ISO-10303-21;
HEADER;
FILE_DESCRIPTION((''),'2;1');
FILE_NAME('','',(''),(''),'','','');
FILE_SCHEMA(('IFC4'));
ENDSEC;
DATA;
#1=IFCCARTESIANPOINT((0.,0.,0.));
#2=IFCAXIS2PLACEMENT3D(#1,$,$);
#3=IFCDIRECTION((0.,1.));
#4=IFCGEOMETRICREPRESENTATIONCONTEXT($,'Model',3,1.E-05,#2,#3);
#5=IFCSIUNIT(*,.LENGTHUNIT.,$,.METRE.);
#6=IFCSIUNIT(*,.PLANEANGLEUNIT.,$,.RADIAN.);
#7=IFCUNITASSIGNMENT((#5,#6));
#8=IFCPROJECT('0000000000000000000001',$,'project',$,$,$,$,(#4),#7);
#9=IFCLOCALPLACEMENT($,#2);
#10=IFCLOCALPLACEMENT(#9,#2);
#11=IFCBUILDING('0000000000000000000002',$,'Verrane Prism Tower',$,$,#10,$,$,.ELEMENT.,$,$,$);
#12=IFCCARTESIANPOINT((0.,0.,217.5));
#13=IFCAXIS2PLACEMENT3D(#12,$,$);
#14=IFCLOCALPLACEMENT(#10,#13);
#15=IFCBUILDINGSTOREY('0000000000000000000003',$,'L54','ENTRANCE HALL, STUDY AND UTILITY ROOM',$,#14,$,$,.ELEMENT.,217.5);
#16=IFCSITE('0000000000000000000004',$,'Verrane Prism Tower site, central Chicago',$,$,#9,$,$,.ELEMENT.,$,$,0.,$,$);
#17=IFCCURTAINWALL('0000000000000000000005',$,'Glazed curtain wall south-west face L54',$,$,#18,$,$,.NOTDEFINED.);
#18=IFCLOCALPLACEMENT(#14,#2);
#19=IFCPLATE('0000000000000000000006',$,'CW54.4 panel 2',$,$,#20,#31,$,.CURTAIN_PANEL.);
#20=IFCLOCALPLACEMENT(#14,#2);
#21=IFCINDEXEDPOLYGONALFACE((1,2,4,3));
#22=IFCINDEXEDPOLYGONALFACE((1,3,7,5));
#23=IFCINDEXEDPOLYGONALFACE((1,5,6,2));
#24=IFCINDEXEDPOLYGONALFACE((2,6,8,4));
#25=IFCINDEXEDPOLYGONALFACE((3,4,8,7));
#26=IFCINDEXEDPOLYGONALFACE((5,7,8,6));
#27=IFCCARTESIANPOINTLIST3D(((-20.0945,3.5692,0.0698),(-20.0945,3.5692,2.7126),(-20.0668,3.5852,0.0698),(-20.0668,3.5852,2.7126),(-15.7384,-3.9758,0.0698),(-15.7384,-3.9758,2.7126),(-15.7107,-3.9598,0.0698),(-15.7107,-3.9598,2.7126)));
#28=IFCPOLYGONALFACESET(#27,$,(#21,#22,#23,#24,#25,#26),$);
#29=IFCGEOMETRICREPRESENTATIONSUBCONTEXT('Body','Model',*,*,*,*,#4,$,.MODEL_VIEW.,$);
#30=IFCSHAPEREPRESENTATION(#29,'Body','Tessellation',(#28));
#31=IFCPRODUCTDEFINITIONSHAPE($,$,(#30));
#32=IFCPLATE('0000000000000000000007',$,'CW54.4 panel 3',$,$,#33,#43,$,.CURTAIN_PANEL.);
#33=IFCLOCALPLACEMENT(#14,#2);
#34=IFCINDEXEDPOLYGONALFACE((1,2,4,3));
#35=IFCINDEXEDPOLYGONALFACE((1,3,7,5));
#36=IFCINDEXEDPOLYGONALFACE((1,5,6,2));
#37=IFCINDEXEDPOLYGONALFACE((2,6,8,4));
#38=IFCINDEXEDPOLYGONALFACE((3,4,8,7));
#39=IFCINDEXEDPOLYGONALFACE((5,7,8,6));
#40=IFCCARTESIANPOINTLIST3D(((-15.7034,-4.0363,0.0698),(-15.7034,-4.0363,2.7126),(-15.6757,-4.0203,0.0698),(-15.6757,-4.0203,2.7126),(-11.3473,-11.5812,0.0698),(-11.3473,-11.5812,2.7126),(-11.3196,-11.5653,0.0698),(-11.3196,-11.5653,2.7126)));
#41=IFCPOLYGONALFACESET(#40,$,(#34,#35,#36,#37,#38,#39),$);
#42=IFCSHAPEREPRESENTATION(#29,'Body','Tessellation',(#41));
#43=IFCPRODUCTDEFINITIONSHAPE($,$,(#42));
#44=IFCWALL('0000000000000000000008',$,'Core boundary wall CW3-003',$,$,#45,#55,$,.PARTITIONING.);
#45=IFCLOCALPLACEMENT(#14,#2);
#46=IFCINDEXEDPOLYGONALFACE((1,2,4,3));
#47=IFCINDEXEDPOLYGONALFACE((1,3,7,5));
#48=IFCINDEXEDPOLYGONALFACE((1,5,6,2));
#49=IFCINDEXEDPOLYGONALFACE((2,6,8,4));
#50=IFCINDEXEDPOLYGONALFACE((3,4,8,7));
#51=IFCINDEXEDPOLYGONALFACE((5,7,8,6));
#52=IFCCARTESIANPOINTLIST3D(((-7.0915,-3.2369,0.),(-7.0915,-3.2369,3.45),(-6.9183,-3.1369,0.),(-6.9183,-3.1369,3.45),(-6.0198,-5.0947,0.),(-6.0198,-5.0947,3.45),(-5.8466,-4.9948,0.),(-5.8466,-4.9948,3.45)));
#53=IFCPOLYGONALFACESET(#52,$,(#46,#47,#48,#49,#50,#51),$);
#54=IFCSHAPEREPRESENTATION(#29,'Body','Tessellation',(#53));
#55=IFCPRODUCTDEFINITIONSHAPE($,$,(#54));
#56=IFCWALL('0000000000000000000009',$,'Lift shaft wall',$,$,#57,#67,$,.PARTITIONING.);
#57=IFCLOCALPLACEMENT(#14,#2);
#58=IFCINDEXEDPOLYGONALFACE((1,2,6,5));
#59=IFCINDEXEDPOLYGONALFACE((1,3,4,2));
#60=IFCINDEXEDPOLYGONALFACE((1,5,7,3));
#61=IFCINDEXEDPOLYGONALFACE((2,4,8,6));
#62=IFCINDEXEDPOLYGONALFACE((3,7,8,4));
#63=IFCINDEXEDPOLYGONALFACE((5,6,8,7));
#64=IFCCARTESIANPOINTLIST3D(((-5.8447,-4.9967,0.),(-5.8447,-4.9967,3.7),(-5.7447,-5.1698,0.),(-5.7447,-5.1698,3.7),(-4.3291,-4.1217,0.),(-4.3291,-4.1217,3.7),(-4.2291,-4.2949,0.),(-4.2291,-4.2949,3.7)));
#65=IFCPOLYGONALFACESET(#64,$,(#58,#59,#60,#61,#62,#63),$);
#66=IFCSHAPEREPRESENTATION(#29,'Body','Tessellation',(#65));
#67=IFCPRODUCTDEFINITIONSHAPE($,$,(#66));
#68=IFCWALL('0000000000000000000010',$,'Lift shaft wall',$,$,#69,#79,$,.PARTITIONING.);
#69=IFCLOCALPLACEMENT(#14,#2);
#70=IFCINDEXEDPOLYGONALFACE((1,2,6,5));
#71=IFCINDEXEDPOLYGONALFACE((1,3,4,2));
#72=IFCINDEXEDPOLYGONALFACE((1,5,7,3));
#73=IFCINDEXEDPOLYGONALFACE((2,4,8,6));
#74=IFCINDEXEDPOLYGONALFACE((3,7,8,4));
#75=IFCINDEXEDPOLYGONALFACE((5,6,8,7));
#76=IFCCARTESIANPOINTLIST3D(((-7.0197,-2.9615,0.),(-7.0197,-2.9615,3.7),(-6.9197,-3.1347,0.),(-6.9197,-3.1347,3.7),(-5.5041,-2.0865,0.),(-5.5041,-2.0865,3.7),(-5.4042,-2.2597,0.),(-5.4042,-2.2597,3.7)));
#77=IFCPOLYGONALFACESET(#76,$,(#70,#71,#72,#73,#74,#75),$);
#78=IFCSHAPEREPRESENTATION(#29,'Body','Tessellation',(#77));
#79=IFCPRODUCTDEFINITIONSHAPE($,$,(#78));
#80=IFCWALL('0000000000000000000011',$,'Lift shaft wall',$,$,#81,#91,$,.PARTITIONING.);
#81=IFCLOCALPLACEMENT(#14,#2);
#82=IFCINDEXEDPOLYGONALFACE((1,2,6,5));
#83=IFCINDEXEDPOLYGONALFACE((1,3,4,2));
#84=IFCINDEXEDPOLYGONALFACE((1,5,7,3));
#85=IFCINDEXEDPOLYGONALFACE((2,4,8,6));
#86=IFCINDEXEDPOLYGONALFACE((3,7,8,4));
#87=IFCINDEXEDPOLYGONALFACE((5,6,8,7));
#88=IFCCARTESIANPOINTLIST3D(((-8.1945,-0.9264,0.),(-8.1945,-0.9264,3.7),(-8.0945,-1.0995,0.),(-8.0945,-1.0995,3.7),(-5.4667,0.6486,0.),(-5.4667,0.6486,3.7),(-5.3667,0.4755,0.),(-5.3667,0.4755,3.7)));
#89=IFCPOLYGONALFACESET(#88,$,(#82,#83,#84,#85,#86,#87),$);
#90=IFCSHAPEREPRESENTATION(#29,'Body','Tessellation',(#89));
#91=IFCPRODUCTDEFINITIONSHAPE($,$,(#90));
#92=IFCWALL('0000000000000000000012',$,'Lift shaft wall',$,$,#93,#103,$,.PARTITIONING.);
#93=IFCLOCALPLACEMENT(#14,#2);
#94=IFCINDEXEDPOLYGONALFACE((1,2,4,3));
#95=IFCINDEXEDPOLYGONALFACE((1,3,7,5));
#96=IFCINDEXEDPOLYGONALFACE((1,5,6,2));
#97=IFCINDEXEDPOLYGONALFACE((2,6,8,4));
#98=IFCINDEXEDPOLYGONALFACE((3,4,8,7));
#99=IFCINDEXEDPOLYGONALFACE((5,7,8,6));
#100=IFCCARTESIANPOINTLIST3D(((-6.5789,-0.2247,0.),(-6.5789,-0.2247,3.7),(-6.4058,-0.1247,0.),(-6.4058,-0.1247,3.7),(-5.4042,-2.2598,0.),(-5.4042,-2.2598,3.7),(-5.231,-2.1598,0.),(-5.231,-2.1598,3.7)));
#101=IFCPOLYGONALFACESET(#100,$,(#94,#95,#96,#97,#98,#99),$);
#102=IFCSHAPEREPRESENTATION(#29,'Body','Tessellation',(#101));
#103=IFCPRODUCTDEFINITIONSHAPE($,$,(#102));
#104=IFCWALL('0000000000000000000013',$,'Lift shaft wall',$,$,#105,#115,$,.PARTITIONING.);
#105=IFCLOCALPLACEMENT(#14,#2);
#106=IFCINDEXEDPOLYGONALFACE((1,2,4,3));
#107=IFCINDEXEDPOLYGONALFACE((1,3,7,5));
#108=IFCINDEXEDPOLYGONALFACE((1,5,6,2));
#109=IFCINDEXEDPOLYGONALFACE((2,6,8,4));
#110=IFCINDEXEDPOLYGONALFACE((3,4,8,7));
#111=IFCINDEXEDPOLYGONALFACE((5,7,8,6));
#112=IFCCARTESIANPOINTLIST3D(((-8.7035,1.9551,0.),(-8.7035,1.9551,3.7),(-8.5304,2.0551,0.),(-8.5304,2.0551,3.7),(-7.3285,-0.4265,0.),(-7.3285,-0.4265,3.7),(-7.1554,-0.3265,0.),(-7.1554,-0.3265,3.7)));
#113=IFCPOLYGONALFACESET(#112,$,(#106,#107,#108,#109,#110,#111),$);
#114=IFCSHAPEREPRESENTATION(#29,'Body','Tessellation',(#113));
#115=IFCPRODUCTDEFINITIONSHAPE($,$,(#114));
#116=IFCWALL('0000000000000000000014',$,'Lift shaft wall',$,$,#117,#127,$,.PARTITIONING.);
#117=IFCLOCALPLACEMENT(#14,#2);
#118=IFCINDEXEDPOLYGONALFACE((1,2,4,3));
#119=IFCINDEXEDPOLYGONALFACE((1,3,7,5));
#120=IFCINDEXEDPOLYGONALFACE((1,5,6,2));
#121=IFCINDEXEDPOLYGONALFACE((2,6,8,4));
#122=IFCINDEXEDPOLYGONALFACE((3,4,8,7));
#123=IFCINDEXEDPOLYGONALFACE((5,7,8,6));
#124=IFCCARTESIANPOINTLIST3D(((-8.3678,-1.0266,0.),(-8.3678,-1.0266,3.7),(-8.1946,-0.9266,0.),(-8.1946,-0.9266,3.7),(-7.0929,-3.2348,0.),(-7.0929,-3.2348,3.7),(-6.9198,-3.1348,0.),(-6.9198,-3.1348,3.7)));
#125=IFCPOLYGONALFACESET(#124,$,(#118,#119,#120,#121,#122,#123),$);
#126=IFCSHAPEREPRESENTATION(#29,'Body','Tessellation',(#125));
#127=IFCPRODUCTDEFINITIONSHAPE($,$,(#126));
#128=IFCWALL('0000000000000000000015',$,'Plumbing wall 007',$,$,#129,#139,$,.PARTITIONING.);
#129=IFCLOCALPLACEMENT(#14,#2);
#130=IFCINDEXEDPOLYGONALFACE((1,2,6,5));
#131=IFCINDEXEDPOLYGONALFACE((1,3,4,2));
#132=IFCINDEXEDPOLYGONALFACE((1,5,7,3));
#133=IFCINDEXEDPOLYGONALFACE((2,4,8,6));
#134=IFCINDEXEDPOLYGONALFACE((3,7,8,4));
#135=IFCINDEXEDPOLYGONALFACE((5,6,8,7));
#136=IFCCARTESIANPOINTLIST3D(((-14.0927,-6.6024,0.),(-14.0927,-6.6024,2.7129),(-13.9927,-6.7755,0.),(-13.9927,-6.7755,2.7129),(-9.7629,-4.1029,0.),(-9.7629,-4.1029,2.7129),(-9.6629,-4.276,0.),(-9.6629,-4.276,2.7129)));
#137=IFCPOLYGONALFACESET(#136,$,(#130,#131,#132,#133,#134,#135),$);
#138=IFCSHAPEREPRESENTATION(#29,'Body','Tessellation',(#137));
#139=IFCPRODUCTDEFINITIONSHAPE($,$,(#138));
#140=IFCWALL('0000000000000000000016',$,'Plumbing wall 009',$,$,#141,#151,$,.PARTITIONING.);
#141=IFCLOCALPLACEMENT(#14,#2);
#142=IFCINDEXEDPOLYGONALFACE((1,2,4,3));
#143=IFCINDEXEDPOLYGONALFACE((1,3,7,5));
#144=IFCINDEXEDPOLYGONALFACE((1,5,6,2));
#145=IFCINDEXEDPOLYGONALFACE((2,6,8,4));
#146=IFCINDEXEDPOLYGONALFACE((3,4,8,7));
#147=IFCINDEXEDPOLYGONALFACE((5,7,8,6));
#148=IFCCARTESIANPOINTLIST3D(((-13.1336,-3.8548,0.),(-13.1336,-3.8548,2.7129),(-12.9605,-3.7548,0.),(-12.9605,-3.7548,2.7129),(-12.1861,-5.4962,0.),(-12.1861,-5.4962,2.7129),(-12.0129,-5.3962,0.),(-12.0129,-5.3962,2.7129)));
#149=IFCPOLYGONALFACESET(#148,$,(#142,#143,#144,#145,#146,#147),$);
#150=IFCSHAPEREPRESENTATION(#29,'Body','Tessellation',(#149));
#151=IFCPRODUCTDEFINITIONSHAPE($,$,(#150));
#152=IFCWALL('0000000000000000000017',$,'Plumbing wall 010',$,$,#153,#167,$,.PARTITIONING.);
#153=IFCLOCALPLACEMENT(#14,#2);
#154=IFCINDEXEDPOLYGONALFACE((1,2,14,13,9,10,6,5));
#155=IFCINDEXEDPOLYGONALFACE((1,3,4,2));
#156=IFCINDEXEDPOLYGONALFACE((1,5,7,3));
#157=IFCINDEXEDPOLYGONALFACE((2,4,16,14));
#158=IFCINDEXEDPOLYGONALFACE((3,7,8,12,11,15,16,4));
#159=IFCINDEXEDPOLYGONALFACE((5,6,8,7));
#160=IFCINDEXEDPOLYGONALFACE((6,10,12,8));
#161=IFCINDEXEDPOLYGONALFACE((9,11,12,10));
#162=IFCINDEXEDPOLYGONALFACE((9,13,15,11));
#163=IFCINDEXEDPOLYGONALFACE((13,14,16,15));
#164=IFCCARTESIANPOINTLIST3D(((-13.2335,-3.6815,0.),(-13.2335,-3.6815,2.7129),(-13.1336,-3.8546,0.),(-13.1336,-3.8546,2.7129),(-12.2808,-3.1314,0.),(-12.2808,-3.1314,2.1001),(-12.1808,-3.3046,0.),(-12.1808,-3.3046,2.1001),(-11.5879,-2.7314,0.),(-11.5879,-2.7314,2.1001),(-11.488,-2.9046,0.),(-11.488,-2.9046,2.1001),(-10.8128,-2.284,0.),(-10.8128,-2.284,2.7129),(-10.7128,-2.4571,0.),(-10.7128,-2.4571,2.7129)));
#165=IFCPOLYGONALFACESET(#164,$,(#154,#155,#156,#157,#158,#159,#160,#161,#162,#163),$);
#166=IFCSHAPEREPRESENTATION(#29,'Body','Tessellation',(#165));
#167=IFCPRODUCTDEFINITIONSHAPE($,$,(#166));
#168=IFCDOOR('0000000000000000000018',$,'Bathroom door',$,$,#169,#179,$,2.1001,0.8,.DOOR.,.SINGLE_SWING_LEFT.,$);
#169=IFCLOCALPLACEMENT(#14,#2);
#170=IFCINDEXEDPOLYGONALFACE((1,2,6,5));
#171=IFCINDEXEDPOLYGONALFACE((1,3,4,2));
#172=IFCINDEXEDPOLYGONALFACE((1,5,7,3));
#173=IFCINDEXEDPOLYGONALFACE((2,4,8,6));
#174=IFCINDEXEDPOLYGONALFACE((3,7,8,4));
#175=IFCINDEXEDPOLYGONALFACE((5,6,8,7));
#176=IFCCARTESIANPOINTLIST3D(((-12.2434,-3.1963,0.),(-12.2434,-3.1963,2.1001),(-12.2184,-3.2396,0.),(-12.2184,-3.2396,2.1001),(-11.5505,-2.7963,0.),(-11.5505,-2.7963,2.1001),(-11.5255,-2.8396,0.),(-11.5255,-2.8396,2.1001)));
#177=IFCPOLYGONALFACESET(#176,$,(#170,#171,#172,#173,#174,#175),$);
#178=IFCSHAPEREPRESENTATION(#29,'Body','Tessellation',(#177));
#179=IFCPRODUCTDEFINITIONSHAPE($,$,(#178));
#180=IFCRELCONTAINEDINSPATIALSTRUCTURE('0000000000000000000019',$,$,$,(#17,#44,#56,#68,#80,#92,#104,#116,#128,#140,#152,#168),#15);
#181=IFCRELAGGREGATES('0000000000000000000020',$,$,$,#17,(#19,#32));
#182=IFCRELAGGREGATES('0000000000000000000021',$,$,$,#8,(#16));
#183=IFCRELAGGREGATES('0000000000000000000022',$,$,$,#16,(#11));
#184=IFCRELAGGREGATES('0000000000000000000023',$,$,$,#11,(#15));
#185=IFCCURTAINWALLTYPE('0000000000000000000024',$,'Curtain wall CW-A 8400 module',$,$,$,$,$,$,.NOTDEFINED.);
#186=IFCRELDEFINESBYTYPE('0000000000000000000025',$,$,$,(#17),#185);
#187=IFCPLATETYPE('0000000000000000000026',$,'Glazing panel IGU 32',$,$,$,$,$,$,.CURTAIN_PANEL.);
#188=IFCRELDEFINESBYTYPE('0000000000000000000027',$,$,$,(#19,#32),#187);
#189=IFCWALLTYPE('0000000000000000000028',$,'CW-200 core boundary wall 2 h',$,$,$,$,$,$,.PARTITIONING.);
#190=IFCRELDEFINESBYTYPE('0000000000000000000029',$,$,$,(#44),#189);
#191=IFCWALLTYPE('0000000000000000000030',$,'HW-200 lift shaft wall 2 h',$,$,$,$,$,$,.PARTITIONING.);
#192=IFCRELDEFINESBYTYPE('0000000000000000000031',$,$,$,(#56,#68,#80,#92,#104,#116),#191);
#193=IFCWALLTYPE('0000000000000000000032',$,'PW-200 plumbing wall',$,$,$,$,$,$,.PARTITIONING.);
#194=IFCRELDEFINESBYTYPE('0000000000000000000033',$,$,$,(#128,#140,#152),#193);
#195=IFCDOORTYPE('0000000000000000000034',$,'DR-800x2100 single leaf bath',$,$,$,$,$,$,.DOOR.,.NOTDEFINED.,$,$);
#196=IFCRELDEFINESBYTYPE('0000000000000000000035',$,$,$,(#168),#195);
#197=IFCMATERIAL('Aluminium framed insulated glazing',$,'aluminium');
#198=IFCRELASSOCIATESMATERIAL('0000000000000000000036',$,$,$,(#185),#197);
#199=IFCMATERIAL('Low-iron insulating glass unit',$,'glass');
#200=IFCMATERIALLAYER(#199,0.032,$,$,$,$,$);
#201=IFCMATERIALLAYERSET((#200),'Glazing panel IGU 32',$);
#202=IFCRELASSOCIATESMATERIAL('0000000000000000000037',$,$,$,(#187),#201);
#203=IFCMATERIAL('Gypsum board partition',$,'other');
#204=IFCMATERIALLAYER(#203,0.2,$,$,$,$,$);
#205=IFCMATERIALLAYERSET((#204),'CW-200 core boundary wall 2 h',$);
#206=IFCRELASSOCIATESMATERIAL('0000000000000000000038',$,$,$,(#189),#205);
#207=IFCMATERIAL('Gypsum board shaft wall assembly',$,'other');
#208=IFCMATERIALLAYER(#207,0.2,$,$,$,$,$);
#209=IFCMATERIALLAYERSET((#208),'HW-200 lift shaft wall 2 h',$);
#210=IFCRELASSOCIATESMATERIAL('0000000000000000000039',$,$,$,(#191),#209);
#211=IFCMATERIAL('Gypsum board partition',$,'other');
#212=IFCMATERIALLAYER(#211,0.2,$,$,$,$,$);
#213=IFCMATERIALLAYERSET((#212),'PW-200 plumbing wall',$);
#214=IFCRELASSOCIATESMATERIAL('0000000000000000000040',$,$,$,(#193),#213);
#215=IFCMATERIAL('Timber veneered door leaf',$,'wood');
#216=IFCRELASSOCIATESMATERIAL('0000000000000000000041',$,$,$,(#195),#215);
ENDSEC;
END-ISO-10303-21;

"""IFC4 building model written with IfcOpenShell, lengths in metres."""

from ifc_helpers import new_model, si_unit, direction, frame, frame_2d, origin, origin_2d, place, context, subcontext, project, spatial, rectangle, extrude, material, layer, layer_set, type_object, element, fill, aggregate, save


model = new_model("IFC4")

# Units and contexts
model_context = context("Model", 3, precision=1e-05, world=origin(), true_north=direction((0.0, 1.0)))
body_context = subcontext(model_context, "Body", "Model", "MODEL_VIEW")
ifc_project = project(units=[si_unit("LENGTHUNIT", "METRE"), si_unit("PLANEANGLEUNIT", "RADIAN")], contexts=[model_context])

# Site, building, storey
site_placement = place(None, origin())
site = spatial("IfcSite", under=ifc_project, at=site_placement, Name="Verrane Prism Tower site, central Chicago", CompositionType="ELEMENT", RefElevation=0.0)
building_placement = place(site_placement, origin())
building = spatial("IfcBuilding", under=site, at=building_placement, Name="Verrane Prism Tower", CompositionType="ELEMENT")
storey_placement = place(building_placement, frame((0.0, 0.0, 217.5)))
storey = spatial("IfcBuildingStorey", under=building, at=storey_placement, Name="L54", Description="ENTRANCE HALL, STUDY AND UTILITY ROOM", CompositionType="ELEMENT", Elevation=217.5)

# Curtain wall
ifc_material_1 = material(Name="Aluminium framed insulated glazing", Category="aluminium")
curtain_wall_type = type_object("IfcCurtainWallType", Name="Curtain wall CW-A 8400 module", PredefinedType="NOTDEFINED", material=ifc_material_1)
curtain_wall_placement = place(storey_placement, origin())
curtain_wall = element("IfcCurtainWall", 1, at=curtain_wall_placement, inside=storey, type_object=curtain_wall_type, Name="Glazed curtain wall south-west face L54", PredefinedType="NOTDEFINED")

# Plates
ifc_material_2 = material(Name="Low-iron insulating glass unit", Category="glass")
ifc_layer_1 = layer(ifc_material_2, 0.032)
ifc_layer_set_1 = layer_set([ifc_layer_1], Name="Glazing panel IGU 32")
plate_type = type_object("IfcPlateType", Name="Glazing panel IGU 32", PredefinedType="CURTAIN_PANEL", material=ifc_layer_set_1)
plate_1_placement = place(storey_placement, frame((-17.9026, -0.1953, 0.0698), z_axis=(0.0, 0.0, 1.0), x_axis=(0.500001, -0.866025, 0.0)))
plate_1 = element("IfcPlate", 2, at=plate_1_placement, type_object=plate_type, Name="CW54.4 panel 2", PredefinedType="CURTAIN_PANEL", context=body_context, shape_type="SweptSolid", body=[
    extrude(rectangle(XDim=8.7122, YDim=0.032, at=origin_2d()), origin(), (0.0, 0.0, 1.0), 2.6428),
])
plate_2_placement = place(storey_placement, frame((-13.5115, -7.8008, 0.0698), z_axis=(0.0, 0.0, 1.0), x_axis=(0.500001, -0.866025, 0.0)))
plate_2 = element("IfcPlate", 3, at=plate_2_placement, type_object=plate_type, Name="CW54.4 panel 3", PredefinedType="CURTAIN_PANEL", context=body_context, shape_type="SweptSolid", body=[
    extrude(rectangle(XDim=8.7122, YDim=0.032, at=origin_2d()), origin(), (0.0, 0.0, 1.0), 2.6428),
])
aggregate(curtain_wall, [plate_1, plate_2])

# Walls
ifc_material_3 = material(Name="Gypsum board partition", Category="other")
ifc_layer_2 = layer(ifc_material_3, 0.2)
ifc_layer_set_2 = layer_set([ifc_layer_2], Name="CW-200 core boundary wall 2 h")
wall_type_1 = type_object("IfcWallType", Name="CW-200 core boundary wall 2 h", PredefinedType="PARTITIONING", material=ifc_layer_set_2)
wall_1_placement = place(storey_placement, frame((-7.0049, -3.187, 0.0), z_axis=(0.0, 0.0, 1.0), x_axis=(0.49969, -0.866205, 0.0)))
element("IfcWall", 4, at=wall_1_placement, inside=storey, type_object=wall_type_1, Name="Core boundary wall CW3-003", PredefinedType="PARTITIONING", context=body_context, shape_type="SweptSolid", body=[
    extrude(rectangle(XDim=2.1448, YDim=0.2, at=frame_2d((1.0723, 0.0))), origin(), (0.0, 0.0, 1.0), 3.45),
])
ifc_material_4 = material(Name="Gypsum board shaft wall assembly", Category="other")
ifc_layer_3 = layer(ifc_material_4, 0.2)
ifc_layer_set_3 = layer_set([ifc_layer_3], Name="HW-200 lift shaft wall 2 h")
wall_type_2 = type_object("IfcWallType", Name="HW-200 lift shaft wall 2 h", PredefinedType="PARTITIONING", material=ifc_layer_set_3)
for number, where, z_axis, x_axis, name in (
    (5, (-5.7947, -5.0833, 0.0), (0.0, 0.0, 1.0), (0.866037, 0.49998, 0.0), "Lift shaft wall"),
    (6, (-6.9697, -3.0481, 0.0), (0.0, 0.0, 1.0), (0.866037, 0.49998, 0.0), "Lift shaft wall"),
):
    element("IfcWall", number, at=place(storey_placement, frame(where, z_axis=z_axis, x_axis=x_axis)), inside=storey, type_object=wall_type_2, Name=name, PredefinedType="PARTITIONING", context=body_context, shape_type="SweptSolid", body=[
        extrude(rectangle(XDim=1.75, YDim=0.2, at=frame_2d((0.875, 0.0))), origin(), (0.0, 0.0, 1.0), 3.7),
    ])
wall_2_placement = place(storey_placement, frame((-8.1445, -1.0129, 0.0), z_axis=(0.0, 0.0, 1.0), x_axis=(0.866016, 0.500015, 0.0)))
element("IfcWall", 7, at=wall_2_placement, inside=storey, type_object=wall_type_2, Name="Lift shaft wall", PredefinedType="PARTITIONING", context=body_context, shape_type="SweptSolid", body=[
    extrude(rectangle(XDim=3.1499, YDim=0.2, at=frame_2d((1.575, 0.0))), origin(), (0.0, 0.0, 1.0), 3.7),
])
wall_3_placement = place(storey_placement, frame((-5.3176, -2.2097, 0.0), z_axis=(0.0, 0.0, 1.0), x_axis=(-0.499938, 0.866061, 0.0)))
element("IfcWall", 8, at=wall_3_placement, inside=storey, type_object=wall_type_2, Name="Lift shaft wall", PredefinedType="PARTITIONING", context=body_context, shape_type="SweptSolid", body=[
    extrude(rectangle(XDim=2.3499, YDim=0.2, at=frame_2d((1.1748, 0.0))), origin(), (0.0, 0.0, 1.0), 3.7),
])
wall_4_placement = place(storey_placement, frame((-7.2419, -0.3765, 0.0), z_axis=(0.0, 0.0, 1.0), x_axis=(-0.499997, 0.866027, 0.0)))
element("IfcWall", 9, at=wall_4_placement, inside=storey, type_object=wall_type_2, Name="Lift shaft wall", PredefinedType="PARTITIONING", context=body_context, shape_type="SweptSolid", body=[
    extrude(rectangle(XDim=2.75, YDim=0.2, at=frame_2d((1.375, 0.0))), origin(), (0.0, 0.0, 1.0), 3.7),
])
wall_5_placement = place(storey_placement, frame((-7.0063, -3.1848, 0.0), z_axis=(0.0, 0.0, 1.0), x_axis=(-0.49999, 0.866031, 0.0)))
element("IfcWall", 10, at=wall_5_placement, inside=storey, type_object=wall_type_2, Name="Lift shaft wall", PredefinedType="PARTITIONING", context=body_context, shape_type="SweptSolid", body=[
    extrude(rectangle(XDim=2.5498, YDim=0.2, at=frame_2d((1.2749, 0.0))), origin(), (0.0, 0.0, 1.0), 3.7),
])
ifc_material_5 = material(Name="Gypsum board partition", Category="other")
ifc_layer_4 = layer(ifc_material_5, 0.2)
ifc_layer_set_4 = layer_set([ifc_layer_4], Name="PW-200 plumbing wall")
wall_type_3 = type_object("IfcWallType", Name="PW-200 plumbing wall", PredefinedType="PARTITIONING", material=ifc_layer_set_4)
wall_6_placement = place(storey_placement, frame((-14.0427, -6.689, 0.0), z_axis=(0.0, 0.0, 1.0), x_axis=(0.866053, 0.499952, 0.0)))
element("IfcWall", 11, at=wall_6_placement, inside=storey, type_object=wall_type_3, Name="Plumbing wall 007", PredefinedType="PARTITIONING", context=body_context, shape_type="SweptSolid", body=[
    extrude(rectangle(XDim=4.9995, YDim=0.2, at=frame_2d((2.4998, 0.0))), origin(), (0.0, 0.0, 1.0), 2.7129),
])
wall_7_placement = place(storey_placement, frame((-13.0471, -3.8047, 0.0), z_axis=(0.0, 0.0, 1.0), x_axis=(0.499949, -0.866055, 0.0)))
element("IfcWall", 12, at=wall_7_placement, inside=storey, type_object=wall_type_3, Name="Plumbing wall 009", PredefinedType="PARTITIONING", context=body_context, shape_type="SweptSolid", body=[
    extrude(rectangle(XDim=1.8953, YDim=0.2, at=frame_2d((0.9478, 0.0))), origin(), (0.0, 0.0, 1.0), 2.7129),
])

# Wall, opening, door
wall_8_placement = place(storey_placement, frame((-10.7629, -2.3706, 0.0), z_axis=(0.0, 0.0, 1.0), x_axis=(-0.866042, -0.499972, 0.0)))
wall_8 = element("IfcWall", 13, at=wall_8_placement, inside=storey, type_object=wall_type_3, Name="Plumbing wall 010", PredefinedType="PARTITIONING", context=body_context, shape_type="SweptSolid", body=[
    extrude(rectangle(XDim=2.7952, YDim=0.2, at=frame_2d((1.3975, 0.0))), origin(), (0.0, 0.0, 1.0), 2.7129),
])
opening_placement = place(wall_8_placement, frame((0.895, 0.0, 0.0)))
opening = element("IfcOpeningElement", 14, at=opening_placement, cuts=wall_8, PredefinedType="OPENING", context=body_context, shape_type="SweptSolid", body=[
    extrude(rectangle(XDim=0.8, YDim=2.1001, at=frame_2d((0.3999, 1.05))), frame((0.0, 0.1099, 0.0), z_axis=(0.0, -1.0, 0.0), x_axis=(1.0, 0.0, 0.0)), (0.0, 0.0, 1.0), 0.22),
])
ifc_material_6 = material(Name="Timber veneered door leaf", Category="wood")
door_type = type_object("IfcDoorType", Name="DR-800x2100 single leaf bath", OperationType="NOTDEFINED", PredefinedType="DOOR", material=ifc_material_6)
door_placement = place(opening_placement, origin())
door = element("IfcDoor", 15, at=door_placement, inside=storey, type_object=door_type, Name="Bathroom door", OperationType="SINGLE_SWING_LEFT", OverallHeight=2.1001, OverallWidth=0.8, PredefinedType="DOOR", context=body_context, shape_type="SweptSolid", body=[
    extrude(rectangle(XDim=0.8, YDim=2.1001, at=frame_2d((0.3999, 1.05))), frame((0.0, 0.0249, 0.0), z_axis=(0.0, -1.0, 0.0), x_axis=(1.0, 0.0, 0.0)), (0.0, 0.0, 1.0), 0.05),
])
fill(opening, door)

save(model, "model.ifc")
